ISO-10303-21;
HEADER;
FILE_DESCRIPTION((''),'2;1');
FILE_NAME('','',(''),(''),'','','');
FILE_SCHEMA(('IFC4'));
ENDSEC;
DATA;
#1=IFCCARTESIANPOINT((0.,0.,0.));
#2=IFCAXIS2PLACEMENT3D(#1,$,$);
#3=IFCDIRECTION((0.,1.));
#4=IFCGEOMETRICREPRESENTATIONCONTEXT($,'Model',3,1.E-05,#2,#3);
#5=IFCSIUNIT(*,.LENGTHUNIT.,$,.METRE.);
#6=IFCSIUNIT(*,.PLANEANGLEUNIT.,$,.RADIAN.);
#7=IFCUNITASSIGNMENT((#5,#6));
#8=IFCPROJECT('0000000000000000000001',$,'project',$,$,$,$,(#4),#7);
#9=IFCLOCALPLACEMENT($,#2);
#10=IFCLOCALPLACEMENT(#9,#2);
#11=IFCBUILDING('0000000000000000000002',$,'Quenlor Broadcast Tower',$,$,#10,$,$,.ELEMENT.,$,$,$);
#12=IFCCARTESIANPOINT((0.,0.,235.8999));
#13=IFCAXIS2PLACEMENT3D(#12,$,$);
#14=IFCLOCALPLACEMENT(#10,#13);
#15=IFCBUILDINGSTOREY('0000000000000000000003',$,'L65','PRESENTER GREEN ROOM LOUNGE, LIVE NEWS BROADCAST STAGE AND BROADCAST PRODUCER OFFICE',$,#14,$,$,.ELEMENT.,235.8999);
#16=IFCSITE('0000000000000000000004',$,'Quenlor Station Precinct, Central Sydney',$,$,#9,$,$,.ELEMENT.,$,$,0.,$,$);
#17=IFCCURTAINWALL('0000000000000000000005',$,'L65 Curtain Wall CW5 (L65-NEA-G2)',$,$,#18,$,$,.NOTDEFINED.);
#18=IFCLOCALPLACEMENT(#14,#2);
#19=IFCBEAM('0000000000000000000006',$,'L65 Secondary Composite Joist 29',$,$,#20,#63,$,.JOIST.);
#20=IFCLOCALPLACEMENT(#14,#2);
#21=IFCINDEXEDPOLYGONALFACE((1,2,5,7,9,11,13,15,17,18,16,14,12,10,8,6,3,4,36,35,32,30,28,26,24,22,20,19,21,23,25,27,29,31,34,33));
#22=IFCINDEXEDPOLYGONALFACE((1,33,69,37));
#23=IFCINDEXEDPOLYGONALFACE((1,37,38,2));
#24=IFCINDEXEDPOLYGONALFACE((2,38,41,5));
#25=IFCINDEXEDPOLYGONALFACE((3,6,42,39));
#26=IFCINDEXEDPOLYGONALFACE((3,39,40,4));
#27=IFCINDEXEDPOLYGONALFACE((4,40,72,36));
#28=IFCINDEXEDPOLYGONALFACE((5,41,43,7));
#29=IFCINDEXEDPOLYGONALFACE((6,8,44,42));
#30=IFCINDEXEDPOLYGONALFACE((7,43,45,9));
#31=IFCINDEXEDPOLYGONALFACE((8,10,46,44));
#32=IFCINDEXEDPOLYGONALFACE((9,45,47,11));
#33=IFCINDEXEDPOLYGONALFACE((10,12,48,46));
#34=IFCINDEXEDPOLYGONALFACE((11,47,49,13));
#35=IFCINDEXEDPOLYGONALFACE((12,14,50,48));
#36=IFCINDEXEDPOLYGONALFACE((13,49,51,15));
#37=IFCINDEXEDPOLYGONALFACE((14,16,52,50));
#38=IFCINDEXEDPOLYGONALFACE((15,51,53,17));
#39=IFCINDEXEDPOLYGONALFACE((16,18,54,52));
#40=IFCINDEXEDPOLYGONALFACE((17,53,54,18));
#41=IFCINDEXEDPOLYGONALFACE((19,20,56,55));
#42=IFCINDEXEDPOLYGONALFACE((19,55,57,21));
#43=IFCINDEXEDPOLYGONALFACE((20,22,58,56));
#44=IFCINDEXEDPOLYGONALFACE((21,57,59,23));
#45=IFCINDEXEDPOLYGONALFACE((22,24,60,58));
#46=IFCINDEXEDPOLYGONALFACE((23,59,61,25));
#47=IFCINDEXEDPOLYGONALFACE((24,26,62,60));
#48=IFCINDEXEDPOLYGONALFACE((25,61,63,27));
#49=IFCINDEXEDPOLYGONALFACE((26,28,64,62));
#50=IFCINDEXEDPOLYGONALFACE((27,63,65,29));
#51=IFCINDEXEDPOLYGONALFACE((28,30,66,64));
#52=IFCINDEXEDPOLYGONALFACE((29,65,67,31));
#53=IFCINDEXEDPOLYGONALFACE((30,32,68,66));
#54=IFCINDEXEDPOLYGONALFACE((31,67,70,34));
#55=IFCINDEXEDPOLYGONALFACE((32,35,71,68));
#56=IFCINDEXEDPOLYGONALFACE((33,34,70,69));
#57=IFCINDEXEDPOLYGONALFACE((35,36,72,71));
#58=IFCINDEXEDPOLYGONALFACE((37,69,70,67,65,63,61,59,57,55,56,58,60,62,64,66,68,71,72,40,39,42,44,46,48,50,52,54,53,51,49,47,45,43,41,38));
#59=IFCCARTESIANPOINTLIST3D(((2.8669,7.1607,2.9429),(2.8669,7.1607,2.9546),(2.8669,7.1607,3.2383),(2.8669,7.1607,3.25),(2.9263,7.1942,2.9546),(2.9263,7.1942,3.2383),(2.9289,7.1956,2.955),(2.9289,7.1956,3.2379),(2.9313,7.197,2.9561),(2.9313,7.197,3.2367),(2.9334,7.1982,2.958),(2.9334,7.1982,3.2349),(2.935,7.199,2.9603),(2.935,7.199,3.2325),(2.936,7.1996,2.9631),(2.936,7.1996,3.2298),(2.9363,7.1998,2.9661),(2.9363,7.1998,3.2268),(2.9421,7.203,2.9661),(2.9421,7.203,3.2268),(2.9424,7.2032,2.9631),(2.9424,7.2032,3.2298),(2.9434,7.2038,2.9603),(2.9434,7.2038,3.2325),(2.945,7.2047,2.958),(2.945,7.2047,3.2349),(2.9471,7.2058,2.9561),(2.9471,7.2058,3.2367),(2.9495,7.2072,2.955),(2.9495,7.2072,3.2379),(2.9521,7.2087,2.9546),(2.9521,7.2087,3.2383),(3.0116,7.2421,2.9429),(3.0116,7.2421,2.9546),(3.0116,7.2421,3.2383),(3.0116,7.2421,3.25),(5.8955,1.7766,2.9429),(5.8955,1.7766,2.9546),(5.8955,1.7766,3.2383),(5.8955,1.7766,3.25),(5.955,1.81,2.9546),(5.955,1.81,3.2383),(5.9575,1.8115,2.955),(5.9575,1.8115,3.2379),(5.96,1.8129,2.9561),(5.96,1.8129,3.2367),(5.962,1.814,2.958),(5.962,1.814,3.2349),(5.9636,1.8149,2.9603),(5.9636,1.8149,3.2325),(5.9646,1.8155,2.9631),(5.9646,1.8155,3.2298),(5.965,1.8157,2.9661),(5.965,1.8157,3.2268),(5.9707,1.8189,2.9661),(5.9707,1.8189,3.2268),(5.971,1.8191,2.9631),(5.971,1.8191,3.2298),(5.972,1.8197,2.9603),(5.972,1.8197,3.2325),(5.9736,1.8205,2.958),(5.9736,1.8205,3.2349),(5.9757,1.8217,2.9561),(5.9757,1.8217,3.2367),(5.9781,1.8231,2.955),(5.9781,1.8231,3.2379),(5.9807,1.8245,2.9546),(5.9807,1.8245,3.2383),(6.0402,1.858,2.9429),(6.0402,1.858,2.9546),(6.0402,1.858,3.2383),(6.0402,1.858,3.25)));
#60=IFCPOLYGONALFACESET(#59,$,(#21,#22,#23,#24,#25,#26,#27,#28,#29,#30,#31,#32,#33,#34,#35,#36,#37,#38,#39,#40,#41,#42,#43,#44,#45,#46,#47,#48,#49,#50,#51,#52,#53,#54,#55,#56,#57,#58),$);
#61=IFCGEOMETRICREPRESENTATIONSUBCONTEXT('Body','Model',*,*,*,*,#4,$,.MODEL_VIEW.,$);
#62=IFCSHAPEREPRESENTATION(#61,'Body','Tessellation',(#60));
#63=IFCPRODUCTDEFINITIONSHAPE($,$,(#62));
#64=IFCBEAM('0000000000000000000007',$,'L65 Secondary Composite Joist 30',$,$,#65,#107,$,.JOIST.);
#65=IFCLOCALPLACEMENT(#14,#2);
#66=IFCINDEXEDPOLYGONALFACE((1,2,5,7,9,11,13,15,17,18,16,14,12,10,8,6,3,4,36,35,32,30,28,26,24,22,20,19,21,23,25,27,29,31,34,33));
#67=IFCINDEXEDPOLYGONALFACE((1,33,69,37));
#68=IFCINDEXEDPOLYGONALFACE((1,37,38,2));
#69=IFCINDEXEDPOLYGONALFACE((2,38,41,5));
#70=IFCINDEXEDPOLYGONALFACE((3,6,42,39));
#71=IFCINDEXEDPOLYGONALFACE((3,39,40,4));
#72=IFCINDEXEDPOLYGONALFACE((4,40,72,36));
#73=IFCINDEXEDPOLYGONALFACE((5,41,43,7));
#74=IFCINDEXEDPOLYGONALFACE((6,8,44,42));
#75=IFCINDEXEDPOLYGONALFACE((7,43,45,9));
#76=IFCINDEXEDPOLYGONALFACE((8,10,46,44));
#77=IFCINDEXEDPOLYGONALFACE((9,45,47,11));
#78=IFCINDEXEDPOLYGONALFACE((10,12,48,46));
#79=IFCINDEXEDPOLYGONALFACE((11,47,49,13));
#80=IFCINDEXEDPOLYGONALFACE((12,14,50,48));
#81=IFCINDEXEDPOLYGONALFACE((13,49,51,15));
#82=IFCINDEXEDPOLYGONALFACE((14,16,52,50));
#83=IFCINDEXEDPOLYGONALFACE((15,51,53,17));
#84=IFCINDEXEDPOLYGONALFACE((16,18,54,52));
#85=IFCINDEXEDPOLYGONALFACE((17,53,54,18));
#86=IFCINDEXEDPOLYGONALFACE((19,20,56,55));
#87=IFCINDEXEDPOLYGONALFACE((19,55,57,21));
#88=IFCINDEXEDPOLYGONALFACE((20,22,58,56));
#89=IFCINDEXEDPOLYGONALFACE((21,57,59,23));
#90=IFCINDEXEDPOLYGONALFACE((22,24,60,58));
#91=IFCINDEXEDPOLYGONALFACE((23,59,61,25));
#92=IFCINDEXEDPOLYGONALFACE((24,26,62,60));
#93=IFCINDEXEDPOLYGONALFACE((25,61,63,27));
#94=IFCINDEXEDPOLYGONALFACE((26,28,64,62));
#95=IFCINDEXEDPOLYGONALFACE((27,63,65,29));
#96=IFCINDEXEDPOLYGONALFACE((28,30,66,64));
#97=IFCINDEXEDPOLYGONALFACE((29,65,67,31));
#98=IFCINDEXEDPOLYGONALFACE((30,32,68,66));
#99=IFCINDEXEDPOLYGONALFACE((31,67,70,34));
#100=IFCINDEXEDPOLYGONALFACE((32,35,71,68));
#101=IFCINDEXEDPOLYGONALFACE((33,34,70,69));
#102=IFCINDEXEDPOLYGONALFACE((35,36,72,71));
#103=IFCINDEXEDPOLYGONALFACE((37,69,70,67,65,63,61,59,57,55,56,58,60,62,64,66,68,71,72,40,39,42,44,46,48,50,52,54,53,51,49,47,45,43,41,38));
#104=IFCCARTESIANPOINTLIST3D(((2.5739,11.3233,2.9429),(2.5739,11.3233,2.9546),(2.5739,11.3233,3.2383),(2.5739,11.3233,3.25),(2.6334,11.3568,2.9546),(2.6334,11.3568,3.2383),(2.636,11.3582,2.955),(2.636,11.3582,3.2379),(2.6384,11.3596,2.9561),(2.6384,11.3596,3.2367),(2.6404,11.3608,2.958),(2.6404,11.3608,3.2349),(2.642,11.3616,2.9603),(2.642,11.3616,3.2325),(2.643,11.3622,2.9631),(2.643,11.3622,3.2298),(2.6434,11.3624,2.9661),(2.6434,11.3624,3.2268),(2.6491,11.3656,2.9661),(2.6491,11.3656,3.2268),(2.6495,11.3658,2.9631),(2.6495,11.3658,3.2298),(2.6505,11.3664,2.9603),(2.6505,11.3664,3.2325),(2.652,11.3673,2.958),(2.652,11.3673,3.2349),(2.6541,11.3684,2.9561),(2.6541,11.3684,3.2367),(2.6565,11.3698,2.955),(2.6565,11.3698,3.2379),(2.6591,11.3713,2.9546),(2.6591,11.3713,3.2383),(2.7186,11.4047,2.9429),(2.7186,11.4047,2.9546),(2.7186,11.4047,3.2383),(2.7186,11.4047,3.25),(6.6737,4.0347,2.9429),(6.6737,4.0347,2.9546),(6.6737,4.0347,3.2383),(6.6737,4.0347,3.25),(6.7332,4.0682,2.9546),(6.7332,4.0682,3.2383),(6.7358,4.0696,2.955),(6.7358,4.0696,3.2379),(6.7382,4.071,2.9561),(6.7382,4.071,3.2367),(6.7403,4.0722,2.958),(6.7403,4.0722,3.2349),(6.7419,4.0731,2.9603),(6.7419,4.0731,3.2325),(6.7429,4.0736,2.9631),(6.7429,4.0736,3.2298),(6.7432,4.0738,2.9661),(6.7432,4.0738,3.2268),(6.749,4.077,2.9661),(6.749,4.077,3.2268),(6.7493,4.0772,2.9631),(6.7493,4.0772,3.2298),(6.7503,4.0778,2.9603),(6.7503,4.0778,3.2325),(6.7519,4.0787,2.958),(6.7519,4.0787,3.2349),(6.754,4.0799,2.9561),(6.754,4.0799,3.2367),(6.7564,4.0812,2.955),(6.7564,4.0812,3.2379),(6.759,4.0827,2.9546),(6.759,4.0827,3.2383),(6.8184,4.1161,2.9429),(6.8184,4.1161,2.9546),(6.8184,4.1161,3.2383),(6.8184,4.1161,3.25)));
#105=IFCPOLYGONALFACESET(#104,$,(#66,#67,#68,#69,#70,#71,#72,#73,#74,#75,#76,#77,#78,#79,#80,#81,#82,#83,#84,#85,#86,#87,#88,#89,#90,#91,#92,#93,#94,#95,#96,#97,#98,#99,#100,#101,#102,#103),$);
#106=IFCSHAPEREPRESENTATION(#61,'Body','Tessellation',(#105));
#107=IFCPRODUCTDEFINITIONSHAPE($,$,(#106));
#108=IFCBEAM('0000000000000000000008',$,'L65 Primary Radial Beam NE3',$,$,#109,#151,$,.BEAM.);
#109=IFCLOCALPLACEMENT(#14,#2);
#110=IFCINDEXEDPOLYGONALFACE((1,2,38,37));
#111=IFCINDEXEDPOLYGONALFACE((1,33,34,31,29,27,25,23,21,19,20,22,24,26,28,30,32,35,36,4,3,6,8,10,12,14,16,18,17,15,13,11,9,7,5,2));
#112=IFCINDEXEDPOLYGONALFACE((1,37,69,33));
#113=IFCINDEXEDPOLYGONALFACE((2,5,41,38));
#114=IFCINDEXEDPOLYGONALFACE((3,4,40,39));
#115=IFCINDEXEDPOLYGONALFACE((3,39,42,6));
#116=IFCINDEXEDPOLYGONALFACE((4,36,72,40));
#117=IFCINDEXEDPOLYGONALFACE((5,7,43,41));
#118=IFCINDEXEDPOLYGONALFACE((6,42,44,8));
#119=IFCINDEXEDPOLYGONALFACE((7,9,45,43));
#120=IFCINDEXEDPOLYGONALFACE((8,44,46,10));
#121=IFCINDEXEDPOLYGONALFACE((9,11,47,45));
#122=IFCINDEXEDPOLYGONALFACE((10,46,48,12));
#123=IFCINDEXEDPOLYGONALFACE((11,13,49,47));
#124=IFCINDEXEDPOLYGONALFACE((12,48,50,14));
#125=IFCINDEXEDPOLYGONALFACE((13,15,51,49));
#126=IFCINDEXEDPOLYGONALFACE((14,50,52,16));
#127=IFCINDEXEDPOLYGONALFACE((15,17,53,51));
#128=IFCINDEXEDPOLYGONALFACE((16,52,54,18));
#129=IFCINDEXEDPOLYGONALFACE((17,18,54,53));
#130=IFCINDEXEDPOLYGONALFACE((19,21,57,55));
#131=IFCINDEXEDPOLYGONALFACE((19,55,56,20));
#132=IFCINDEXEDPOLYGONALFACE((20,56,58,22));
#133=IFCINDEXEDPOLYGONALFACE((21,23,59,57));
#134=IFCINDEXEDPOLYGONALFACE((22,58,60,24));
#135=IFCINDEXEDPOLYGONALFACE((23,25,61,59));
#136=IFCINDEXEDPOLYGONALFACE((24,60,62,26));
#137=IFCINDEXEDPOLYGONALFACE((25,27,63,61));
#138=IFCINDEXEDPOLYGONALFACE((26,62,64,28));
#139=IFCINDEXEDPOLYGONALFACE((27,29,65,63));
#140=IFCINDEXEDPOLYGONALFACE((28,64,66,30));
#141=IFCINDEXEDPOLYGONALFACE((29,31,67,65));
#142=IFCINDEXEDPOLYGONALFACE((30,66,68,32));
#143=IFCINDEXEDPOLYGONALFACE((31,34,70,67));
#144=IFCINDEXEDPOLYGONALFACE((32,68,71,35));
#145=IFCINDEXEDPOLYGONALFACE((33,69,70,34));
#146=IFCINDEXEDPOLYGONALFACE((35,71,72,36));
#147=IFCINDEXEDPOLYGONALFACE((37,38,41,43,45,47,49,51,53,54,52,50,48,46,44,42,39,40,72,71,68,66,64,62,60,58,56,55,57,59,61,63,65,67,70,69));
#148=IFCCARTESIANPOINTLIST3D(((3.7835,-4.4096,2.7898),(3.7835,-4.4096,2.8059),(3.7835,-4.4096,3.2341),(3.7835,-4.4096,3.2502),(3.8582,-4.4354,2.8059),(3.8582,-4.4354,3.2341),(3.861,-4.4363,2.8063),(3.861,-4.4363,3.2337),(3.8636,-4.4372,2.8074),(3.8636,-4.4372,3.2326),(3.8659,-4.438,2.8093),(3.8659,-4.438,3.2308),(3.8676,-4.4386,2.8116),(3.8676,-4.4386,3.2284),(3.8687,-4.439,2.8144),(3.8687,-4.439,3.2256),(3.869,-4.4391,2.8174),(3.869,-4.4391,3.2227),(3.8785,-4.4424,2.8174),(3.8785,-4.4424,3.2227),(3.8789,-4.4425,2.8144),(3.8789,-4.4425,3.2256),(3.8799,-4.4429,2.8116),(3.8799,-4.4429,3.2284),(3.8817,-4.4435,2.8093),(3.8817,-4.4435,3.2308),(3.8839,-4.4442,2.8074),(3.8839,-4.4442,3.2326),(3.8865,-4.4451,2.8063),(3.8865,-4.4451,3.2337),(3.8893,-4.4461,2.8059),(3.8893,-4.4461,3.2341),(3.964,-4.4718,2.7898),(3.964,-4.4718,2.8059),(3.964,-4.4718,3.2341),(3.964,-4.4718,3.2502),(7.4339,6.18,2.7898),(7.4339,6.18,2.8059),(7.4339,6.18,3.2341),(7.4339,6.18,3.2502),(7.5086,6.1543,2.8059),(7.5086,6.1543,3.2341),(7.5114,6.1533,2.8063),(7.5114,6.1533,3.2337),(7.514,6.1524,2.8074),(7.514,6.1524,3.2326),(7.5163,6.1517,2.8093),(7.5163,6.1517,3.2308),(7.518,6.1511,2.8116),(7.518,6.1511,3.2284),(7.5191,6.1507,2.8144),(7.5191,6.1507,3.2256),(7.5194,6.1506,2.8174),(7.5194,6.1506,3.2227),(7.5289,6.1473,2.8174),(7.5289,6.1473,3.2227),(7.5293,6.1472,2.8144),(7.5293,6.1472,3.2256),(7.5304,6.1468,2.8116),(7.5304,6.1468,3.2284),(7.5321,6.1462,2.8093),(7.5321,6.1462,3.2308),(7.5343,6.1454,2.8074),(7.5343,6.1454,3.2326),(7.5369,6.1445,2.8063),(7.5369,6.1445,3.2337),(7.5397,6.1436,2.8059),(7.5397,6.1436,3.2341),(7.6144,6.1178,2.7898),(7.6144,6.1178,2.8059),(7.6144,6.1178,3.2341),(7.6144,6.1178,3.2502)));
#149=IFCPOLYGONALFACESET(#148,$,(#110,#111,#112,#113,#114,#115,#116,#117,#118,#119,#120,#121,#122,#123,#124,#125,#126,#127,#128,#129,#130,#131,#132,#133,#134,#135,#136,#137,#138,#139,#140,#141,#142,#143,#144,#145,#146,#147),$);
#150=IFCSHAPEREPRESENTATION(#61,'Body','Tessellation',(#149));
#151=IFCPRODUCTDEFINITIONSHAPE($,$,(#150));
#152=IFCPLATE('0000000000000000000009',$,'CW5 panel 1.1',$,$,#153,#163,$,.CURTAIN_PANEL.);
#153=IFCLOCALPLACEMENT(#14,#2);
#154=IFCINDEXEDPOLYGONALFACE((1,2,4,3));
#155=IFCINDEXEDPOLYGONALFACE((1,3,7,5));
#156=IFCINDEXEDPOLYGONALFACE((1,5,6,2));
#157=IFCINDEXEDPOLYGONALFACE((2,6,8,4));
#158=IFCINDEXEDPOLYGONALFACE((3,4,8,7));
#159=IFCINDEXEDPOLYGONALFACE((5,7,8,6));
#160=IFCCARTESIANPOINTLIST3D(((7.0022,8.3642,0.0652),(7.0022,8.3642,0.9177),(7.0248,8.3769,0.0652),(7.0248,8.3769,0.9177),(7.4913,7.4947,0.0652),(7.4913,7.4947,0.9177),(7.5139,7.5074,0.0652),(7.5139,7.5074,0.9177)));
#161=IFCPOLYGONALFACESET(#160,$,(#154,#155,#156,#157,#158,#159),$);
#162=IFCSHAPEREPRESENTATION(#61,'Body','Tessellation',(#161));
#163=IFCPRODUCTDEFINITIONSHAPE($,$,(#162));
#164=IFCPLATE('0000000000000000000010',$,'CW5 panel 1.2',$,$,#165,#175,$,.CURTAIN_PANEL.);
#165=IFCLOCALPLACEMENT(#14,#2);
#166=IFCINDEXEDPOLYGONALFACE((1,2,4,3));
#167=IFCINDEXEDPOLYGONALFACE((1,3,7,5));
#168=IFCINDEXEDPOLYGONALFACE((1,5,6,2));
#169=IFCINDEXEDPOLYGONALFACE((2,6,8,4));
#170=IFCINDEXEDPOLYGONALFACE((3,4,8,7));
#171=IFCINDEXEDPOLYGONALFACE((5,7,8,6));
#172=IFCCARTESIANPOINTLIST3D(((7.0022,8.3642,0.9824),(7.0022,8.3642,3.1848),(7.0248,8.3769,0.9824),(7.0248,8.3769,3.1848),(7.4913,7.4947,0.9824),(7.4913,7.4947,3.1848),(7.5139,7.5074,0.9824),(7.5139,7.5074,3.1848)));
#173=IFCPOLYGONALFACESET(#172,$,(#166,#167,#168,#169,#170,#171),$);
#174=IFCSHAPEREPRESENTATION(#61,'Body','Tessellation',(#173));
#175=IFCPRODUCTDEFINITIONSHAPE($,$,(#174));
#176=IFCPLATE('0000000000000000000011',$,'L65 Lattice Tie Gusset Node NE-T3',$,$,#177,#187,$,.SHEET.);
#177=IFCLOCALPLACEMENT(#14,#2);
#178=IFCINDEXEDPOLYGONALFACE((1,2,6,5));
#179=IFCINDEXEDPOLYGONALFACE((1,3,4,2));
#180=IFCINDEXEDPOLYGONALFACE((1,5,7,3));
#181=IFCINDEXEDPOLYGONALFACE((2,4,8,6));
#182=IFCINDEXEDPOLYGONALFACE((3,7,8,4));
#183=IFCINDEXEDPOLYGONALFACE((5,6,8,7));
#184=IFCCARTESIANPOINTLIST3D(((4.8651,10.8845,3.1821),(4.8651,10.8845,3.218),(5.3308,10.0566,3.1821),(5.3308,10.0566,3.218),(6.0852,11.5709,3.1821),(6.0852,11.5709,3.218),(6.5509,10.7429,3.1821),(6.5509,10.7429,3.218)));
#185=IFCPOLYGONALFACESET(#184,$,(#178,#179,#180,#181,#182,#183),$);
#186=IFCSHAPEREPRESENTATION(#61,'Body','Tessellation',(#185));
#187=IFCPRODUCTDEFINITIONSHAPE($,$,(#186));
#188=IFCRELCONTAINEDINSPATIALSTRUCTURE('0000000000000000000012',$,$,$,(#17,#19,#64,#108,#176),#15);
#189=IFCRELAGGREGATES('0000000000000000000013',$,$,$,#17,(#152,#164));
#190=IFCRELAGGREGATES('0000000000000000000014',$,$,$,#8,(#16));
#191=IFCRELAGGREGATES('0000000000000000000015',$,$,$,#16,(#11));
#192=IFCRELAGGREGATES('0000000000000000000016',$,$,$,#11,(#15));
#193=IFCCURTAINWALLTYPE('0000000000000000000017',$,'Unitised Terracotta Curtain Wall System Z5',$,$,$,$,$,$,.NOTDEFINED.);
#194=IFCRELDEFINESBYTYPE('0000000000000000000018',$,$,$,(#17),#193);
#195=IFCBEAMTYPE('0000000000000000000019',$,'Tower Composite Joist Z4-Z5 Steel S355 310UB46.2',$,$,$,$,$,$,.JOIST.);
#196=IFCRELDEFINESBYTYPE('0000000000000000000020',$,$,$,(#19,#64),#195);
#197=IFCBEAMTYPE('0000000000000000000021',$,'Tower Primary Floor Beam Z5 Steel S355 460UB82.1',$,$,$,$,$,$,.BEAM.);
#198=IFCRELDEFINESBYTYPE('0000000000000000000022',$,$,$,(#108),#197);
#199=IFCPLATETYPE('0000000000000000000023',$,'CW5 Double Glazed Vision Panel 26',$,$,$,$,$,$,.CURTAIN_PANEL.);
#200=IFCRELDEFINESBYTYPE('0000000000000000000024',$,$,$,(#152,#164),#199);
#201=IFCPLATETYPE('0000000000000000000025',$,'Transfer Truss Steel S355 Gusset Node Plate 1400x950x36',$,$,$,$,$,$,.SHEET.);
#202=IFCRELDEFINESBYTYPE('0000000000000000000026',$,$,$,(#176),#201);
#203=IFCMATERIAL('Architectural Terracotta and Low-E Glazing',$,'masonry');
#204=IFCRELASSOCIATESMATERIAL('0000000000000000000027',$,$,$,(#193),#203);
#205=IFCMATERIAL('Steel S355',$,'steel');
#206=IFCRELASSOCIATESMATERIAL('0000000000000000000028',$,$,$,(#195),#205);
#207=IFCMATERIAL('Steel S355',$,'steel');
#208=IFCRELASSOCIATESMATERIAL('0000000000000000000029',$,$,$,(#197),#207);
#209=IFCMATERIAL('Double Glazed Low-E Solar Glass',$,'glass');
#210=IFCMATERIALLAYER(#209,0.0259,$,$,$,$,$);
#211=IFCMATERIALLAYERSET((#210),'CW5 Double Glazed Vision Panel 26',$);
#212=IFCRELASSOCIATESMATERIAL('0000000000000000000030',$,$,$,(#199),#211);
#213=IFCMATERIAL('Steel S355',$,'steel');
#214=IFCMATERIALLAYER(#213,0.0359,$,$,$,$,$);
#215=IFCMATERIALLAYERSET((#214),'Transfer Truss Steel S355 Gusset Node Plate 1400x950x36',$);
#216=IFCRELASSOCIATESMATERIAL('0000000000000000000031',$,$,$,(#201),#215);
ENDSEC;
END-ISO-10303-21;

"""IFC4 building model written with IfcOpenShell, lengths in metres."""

from ifc_helpers import new_model, si_unit, direction, frame, origin, origin_2d, place, context, subcontext, project, spatial, rectangle, i_section, extrude, material, layer, layer_set, material_profile, profile_set, type_object, element, aggregate, save


model = new_model("IFC4")

# Units and contexts
model_context = context("Model", 3, precision=1e-05, world=origin(), true_north=direction((0.0, 1.0)))
body_context = subcontext(model_context, "Body", "Model", "MODEL_VIEW")
ifc_project = project(units=[si_unit("LENGTHUNIT", "METRE"), si_unit("PLANEANGLEUNIT", "RADIAN")], contexts=[model_context])

# Site, building, storey
site_placement = place(None, origin())
site = spatial("IfcSite", under=ifc_project, at=site_placement, Name="Quenlor Station Precinct, Central Sydney", CompositionType="ELEMENT", RefElevation=0.0)
building_placement = place(site_placement, origin())
building = spatial("IfcBuilding", under=site, at=building_placement, Name="Quenlor Broadcast Tower", CompositionType="ELEMENT")
storey_placement = place(building_placement, frame((0.0, 0.0, 235.8999)))
storey = spatial("IfcBuildingStorey", under=building, at=storey_placement, Name="L65", Description="PRESENTER GREEN ROOM LOUNGE, LIVE NEWS BROADCAST STAGE AND BROADCAST PRODUCER OFFICE", CompositionType="ELEMENT", Elevation=235.8999)

# Curtain wall
ifc_material_1 = material(Name="Architectural Terracotta and Low-E Glazing", Category="masonry")
curtain_wall_type = type_object("IfcCurtainWallType", Name="Unitised Terracotta Curtain Wall System Z5", PredefinedType="NOTDEFINED", material=ifc_material_1)
curtain_wall_placement = place(storey_placement, origin())
curtain_wall = element("IfcCurtainWall", 1, at=curtain_wall_placement, inside=storey, type_object=curtain_wall_type, Name="L65 Curtain Wall CW5 (L65-NEA-G2)", PredefinedType="NOTDEFINED")

# Beams
ifc_material_2 = material(Name="Steel S355", Category="steel")
ifc_material_profile_1 = material_profile(ifc_material_2, i_section(OverallWidth=0.166, OverallDepth=0.3071, WebThickness=0.0066, FlangeThickness=0.0117, FilletRadius=0.0115, at=origin_2d()))
ifc_profile_set_1 = profile_set([ifc_material_profile_1], Name="Steel S355 310UB46.2")
beam_type_1 = type_object("IfcBeamType", Name="Tower Composite Joist Z4-Z5 Steel S355 310UB46.2", PredefinedType="JOIST", material=ifc_profile_set_1)
beam_1_placement = place(storey_placement, frame((2.9392, 7.2014, 3.0964), z_axis=(0.490267, -0.871572, 0.0), x_axis=(0.871572, 0.490267, 0.0)))
element("IfcBeam", 2, at=beam_1_placement, inside=storey, type_object=beam_type_1, Name="L65 Secondary Composite Joist 29", PredefinedType="JOIST", context=body_context, shape_type="SweptSolid", body=[
    extrude(i_section(OverallWidth=0.166, OverallDepth=0.3071, WebThickness=0.0066, FlangeThickness=0.0117, FilletRadius=0.0115, at=origin_2d()), origin(), (0.0, 0.0, 1.0), 6.1775),
])
beam_2_placement = place(storey_placement, frame((2.6462, 11.364, 3.0964), z_axis=(0.490264, -0.871574, 0.0), x_axis=(0.871574, 0.490264, 0.0)))
element("IfcBeam", 3, at=beam_2_placement, inside=storey, type_object=beam_type_1, Name="L65 Secondary Composite Joist 30", PredefinedType="JOIST", context=body_context, shape_type="SweptSolid", body=[
    extrude(i_section(OverallWidth=0.166, OverallDepth=0.3071, WebThickness=0.0066, FlangeThickness=0.0117, FilletRadius=0.0115, at=origin_2d()), origin(), (0.0, 0.0, 1.0), 8.3625),
])
ifc_material_3 = material(Name="Steel S355", Category="steel")
ifc_material_profile_2 = material_profile(ifc_material_3, i_section(OverallWidth=0.1909, OverallDepth=0.4604, WebThickness=0.01, FlangeThickness=0.0161, FilletRadius=0.0115, at=origin_2d()))
ifc_profile_set_2 = profile_set([ifc_material_profile_2], Name="Steel S355 460UB82.1")
beam_type_2 = type_object("IfcBeamType", Name="Tower Primary Floor Beam Z5 Steel S355 460UB82.1", PredefinedType="BEAM", material=ifc_profile_set_2)
beam_3_placement = place(storey_placement, frame((7.5242, 6.1489, 3.02), z_axis=(-0.325895, -0.945406, 0.0), x_axis=(0.945406, -0.325895, 0.0)))
element("IfcBeam", 4, at=beam_3_placement, inside=storey, type_object=beam_type_2, Name="L65 Primary Radial Beam NE3", PredefinedType="BEAM", context=body_context, shape_type="SweptSolid", body=[
    extrude(i_section(OverallWidth=0.1909, OverallDepth=0.4604, WebThickness=0.01, FlangeThickness=0.0161, FilletRadius=0.0115, at=origin_2d()), origin(), (0.0, 0.0, 1.0), 11.2012),
])

# Plates
ifc_material_4 = material(Name="Double Glazed Low-E Solar Glass", Category="glass")
ifc_layer_1 = layer(ifc_material_4, 0.0259)
ifc_layer_set_1 = layer_set([ifc_layer_1], Name="CW5 Double Glazed Vision Panel 26")
plate_type_1 = type_object("IfcPlateType", Name="CW5 Double Glazed Vision Panel 26", PredefinedType="CURTAIN_PANEL", material=ifc_layer_set_1)
plate_1_placement = place(storey_placement, frame((7.2581, 7.9358, 0.0652), z_axis=(0.0, 0.0, 1.0), x_axis=(0.490282, -0.871564, 0.0)))
plate_1 = element("IfcPlate", 5, at=plate_1_placement, type_object=plate_type_1, Name="CW5 panel 1.1", PredefinedType="CURTAIN_PANEL", context=body_context, shape_type="SweptSolid", body=[
    extrude(rectangle(XDim=0.9976, YDim=0.0259, at=origin_2d()), origin(), (0.0, 0.0, 1.0), 0.8525),
])
plate_2_placement = place(storey_placement, frame((7.2581, 7.9358, 0.9824), z_axis=(0.0, 0.0, 1.0), x_axis=(0.490282, -0.871564, 0.0)))
plate_2 = element("IfcPlate", 6, at=plate_2_placement, type_object=plate_type_1, Name="CW5 panel 1.2", PredefinedType="CURTAIN_PANEL", context=body_context, shape_type="SweptSolid", body=[
    extrude(rectangle(XDim=0.9976, YDim=0.0259, at=origin_2d()), origin(), (0.0, 0.0, 1.0), 2.2024),
])
aggregate(curtain_wall, [plate_1, plate_2])

# Plate
ifc_material_5 = material(Name="Steel S355", Category="steel")
ifc_layer_2 = layer(ifc_material_5, 0.0359)
ifc_layer_set_2 = layer_set([ifc_layer_2], Name="Transfer Truss Steel S355 Gusset Node Plate 1400x950x36")
plate_type_2 = type_object("IfcPlateType", Name="Transfer Truss Steel S355 Gusset Node Plate 1400x950x36", PredefinedType="SHEET", material=ifc_layer_set_2)
for number, where, z_axis, x_axis, name in (
    (7, (5.708, 10.8137, 3.1821), (0.0, 0.0, 1.0), (0.871556, 0.490295, 0.0), "L65 Lattice Tie Gusset Node NE-T3"),
):
    element("IfcPlate", number, at=place(storey_placement, frame(where, z_axis=z_axis, x_axis=x_axis)), inside=storey, type_object=plate_type_2, Name=name, PredefinedType="SHEET", context=body_context, shape_type="SweptSolid", body=[
        extrude(rectangle(XDim=1.3999, YDim=0.95, at=origin_2d()), origin(), (0.0, 0.0, 1.0), 0.0359),
    ])

save(model, "model.ifc")
